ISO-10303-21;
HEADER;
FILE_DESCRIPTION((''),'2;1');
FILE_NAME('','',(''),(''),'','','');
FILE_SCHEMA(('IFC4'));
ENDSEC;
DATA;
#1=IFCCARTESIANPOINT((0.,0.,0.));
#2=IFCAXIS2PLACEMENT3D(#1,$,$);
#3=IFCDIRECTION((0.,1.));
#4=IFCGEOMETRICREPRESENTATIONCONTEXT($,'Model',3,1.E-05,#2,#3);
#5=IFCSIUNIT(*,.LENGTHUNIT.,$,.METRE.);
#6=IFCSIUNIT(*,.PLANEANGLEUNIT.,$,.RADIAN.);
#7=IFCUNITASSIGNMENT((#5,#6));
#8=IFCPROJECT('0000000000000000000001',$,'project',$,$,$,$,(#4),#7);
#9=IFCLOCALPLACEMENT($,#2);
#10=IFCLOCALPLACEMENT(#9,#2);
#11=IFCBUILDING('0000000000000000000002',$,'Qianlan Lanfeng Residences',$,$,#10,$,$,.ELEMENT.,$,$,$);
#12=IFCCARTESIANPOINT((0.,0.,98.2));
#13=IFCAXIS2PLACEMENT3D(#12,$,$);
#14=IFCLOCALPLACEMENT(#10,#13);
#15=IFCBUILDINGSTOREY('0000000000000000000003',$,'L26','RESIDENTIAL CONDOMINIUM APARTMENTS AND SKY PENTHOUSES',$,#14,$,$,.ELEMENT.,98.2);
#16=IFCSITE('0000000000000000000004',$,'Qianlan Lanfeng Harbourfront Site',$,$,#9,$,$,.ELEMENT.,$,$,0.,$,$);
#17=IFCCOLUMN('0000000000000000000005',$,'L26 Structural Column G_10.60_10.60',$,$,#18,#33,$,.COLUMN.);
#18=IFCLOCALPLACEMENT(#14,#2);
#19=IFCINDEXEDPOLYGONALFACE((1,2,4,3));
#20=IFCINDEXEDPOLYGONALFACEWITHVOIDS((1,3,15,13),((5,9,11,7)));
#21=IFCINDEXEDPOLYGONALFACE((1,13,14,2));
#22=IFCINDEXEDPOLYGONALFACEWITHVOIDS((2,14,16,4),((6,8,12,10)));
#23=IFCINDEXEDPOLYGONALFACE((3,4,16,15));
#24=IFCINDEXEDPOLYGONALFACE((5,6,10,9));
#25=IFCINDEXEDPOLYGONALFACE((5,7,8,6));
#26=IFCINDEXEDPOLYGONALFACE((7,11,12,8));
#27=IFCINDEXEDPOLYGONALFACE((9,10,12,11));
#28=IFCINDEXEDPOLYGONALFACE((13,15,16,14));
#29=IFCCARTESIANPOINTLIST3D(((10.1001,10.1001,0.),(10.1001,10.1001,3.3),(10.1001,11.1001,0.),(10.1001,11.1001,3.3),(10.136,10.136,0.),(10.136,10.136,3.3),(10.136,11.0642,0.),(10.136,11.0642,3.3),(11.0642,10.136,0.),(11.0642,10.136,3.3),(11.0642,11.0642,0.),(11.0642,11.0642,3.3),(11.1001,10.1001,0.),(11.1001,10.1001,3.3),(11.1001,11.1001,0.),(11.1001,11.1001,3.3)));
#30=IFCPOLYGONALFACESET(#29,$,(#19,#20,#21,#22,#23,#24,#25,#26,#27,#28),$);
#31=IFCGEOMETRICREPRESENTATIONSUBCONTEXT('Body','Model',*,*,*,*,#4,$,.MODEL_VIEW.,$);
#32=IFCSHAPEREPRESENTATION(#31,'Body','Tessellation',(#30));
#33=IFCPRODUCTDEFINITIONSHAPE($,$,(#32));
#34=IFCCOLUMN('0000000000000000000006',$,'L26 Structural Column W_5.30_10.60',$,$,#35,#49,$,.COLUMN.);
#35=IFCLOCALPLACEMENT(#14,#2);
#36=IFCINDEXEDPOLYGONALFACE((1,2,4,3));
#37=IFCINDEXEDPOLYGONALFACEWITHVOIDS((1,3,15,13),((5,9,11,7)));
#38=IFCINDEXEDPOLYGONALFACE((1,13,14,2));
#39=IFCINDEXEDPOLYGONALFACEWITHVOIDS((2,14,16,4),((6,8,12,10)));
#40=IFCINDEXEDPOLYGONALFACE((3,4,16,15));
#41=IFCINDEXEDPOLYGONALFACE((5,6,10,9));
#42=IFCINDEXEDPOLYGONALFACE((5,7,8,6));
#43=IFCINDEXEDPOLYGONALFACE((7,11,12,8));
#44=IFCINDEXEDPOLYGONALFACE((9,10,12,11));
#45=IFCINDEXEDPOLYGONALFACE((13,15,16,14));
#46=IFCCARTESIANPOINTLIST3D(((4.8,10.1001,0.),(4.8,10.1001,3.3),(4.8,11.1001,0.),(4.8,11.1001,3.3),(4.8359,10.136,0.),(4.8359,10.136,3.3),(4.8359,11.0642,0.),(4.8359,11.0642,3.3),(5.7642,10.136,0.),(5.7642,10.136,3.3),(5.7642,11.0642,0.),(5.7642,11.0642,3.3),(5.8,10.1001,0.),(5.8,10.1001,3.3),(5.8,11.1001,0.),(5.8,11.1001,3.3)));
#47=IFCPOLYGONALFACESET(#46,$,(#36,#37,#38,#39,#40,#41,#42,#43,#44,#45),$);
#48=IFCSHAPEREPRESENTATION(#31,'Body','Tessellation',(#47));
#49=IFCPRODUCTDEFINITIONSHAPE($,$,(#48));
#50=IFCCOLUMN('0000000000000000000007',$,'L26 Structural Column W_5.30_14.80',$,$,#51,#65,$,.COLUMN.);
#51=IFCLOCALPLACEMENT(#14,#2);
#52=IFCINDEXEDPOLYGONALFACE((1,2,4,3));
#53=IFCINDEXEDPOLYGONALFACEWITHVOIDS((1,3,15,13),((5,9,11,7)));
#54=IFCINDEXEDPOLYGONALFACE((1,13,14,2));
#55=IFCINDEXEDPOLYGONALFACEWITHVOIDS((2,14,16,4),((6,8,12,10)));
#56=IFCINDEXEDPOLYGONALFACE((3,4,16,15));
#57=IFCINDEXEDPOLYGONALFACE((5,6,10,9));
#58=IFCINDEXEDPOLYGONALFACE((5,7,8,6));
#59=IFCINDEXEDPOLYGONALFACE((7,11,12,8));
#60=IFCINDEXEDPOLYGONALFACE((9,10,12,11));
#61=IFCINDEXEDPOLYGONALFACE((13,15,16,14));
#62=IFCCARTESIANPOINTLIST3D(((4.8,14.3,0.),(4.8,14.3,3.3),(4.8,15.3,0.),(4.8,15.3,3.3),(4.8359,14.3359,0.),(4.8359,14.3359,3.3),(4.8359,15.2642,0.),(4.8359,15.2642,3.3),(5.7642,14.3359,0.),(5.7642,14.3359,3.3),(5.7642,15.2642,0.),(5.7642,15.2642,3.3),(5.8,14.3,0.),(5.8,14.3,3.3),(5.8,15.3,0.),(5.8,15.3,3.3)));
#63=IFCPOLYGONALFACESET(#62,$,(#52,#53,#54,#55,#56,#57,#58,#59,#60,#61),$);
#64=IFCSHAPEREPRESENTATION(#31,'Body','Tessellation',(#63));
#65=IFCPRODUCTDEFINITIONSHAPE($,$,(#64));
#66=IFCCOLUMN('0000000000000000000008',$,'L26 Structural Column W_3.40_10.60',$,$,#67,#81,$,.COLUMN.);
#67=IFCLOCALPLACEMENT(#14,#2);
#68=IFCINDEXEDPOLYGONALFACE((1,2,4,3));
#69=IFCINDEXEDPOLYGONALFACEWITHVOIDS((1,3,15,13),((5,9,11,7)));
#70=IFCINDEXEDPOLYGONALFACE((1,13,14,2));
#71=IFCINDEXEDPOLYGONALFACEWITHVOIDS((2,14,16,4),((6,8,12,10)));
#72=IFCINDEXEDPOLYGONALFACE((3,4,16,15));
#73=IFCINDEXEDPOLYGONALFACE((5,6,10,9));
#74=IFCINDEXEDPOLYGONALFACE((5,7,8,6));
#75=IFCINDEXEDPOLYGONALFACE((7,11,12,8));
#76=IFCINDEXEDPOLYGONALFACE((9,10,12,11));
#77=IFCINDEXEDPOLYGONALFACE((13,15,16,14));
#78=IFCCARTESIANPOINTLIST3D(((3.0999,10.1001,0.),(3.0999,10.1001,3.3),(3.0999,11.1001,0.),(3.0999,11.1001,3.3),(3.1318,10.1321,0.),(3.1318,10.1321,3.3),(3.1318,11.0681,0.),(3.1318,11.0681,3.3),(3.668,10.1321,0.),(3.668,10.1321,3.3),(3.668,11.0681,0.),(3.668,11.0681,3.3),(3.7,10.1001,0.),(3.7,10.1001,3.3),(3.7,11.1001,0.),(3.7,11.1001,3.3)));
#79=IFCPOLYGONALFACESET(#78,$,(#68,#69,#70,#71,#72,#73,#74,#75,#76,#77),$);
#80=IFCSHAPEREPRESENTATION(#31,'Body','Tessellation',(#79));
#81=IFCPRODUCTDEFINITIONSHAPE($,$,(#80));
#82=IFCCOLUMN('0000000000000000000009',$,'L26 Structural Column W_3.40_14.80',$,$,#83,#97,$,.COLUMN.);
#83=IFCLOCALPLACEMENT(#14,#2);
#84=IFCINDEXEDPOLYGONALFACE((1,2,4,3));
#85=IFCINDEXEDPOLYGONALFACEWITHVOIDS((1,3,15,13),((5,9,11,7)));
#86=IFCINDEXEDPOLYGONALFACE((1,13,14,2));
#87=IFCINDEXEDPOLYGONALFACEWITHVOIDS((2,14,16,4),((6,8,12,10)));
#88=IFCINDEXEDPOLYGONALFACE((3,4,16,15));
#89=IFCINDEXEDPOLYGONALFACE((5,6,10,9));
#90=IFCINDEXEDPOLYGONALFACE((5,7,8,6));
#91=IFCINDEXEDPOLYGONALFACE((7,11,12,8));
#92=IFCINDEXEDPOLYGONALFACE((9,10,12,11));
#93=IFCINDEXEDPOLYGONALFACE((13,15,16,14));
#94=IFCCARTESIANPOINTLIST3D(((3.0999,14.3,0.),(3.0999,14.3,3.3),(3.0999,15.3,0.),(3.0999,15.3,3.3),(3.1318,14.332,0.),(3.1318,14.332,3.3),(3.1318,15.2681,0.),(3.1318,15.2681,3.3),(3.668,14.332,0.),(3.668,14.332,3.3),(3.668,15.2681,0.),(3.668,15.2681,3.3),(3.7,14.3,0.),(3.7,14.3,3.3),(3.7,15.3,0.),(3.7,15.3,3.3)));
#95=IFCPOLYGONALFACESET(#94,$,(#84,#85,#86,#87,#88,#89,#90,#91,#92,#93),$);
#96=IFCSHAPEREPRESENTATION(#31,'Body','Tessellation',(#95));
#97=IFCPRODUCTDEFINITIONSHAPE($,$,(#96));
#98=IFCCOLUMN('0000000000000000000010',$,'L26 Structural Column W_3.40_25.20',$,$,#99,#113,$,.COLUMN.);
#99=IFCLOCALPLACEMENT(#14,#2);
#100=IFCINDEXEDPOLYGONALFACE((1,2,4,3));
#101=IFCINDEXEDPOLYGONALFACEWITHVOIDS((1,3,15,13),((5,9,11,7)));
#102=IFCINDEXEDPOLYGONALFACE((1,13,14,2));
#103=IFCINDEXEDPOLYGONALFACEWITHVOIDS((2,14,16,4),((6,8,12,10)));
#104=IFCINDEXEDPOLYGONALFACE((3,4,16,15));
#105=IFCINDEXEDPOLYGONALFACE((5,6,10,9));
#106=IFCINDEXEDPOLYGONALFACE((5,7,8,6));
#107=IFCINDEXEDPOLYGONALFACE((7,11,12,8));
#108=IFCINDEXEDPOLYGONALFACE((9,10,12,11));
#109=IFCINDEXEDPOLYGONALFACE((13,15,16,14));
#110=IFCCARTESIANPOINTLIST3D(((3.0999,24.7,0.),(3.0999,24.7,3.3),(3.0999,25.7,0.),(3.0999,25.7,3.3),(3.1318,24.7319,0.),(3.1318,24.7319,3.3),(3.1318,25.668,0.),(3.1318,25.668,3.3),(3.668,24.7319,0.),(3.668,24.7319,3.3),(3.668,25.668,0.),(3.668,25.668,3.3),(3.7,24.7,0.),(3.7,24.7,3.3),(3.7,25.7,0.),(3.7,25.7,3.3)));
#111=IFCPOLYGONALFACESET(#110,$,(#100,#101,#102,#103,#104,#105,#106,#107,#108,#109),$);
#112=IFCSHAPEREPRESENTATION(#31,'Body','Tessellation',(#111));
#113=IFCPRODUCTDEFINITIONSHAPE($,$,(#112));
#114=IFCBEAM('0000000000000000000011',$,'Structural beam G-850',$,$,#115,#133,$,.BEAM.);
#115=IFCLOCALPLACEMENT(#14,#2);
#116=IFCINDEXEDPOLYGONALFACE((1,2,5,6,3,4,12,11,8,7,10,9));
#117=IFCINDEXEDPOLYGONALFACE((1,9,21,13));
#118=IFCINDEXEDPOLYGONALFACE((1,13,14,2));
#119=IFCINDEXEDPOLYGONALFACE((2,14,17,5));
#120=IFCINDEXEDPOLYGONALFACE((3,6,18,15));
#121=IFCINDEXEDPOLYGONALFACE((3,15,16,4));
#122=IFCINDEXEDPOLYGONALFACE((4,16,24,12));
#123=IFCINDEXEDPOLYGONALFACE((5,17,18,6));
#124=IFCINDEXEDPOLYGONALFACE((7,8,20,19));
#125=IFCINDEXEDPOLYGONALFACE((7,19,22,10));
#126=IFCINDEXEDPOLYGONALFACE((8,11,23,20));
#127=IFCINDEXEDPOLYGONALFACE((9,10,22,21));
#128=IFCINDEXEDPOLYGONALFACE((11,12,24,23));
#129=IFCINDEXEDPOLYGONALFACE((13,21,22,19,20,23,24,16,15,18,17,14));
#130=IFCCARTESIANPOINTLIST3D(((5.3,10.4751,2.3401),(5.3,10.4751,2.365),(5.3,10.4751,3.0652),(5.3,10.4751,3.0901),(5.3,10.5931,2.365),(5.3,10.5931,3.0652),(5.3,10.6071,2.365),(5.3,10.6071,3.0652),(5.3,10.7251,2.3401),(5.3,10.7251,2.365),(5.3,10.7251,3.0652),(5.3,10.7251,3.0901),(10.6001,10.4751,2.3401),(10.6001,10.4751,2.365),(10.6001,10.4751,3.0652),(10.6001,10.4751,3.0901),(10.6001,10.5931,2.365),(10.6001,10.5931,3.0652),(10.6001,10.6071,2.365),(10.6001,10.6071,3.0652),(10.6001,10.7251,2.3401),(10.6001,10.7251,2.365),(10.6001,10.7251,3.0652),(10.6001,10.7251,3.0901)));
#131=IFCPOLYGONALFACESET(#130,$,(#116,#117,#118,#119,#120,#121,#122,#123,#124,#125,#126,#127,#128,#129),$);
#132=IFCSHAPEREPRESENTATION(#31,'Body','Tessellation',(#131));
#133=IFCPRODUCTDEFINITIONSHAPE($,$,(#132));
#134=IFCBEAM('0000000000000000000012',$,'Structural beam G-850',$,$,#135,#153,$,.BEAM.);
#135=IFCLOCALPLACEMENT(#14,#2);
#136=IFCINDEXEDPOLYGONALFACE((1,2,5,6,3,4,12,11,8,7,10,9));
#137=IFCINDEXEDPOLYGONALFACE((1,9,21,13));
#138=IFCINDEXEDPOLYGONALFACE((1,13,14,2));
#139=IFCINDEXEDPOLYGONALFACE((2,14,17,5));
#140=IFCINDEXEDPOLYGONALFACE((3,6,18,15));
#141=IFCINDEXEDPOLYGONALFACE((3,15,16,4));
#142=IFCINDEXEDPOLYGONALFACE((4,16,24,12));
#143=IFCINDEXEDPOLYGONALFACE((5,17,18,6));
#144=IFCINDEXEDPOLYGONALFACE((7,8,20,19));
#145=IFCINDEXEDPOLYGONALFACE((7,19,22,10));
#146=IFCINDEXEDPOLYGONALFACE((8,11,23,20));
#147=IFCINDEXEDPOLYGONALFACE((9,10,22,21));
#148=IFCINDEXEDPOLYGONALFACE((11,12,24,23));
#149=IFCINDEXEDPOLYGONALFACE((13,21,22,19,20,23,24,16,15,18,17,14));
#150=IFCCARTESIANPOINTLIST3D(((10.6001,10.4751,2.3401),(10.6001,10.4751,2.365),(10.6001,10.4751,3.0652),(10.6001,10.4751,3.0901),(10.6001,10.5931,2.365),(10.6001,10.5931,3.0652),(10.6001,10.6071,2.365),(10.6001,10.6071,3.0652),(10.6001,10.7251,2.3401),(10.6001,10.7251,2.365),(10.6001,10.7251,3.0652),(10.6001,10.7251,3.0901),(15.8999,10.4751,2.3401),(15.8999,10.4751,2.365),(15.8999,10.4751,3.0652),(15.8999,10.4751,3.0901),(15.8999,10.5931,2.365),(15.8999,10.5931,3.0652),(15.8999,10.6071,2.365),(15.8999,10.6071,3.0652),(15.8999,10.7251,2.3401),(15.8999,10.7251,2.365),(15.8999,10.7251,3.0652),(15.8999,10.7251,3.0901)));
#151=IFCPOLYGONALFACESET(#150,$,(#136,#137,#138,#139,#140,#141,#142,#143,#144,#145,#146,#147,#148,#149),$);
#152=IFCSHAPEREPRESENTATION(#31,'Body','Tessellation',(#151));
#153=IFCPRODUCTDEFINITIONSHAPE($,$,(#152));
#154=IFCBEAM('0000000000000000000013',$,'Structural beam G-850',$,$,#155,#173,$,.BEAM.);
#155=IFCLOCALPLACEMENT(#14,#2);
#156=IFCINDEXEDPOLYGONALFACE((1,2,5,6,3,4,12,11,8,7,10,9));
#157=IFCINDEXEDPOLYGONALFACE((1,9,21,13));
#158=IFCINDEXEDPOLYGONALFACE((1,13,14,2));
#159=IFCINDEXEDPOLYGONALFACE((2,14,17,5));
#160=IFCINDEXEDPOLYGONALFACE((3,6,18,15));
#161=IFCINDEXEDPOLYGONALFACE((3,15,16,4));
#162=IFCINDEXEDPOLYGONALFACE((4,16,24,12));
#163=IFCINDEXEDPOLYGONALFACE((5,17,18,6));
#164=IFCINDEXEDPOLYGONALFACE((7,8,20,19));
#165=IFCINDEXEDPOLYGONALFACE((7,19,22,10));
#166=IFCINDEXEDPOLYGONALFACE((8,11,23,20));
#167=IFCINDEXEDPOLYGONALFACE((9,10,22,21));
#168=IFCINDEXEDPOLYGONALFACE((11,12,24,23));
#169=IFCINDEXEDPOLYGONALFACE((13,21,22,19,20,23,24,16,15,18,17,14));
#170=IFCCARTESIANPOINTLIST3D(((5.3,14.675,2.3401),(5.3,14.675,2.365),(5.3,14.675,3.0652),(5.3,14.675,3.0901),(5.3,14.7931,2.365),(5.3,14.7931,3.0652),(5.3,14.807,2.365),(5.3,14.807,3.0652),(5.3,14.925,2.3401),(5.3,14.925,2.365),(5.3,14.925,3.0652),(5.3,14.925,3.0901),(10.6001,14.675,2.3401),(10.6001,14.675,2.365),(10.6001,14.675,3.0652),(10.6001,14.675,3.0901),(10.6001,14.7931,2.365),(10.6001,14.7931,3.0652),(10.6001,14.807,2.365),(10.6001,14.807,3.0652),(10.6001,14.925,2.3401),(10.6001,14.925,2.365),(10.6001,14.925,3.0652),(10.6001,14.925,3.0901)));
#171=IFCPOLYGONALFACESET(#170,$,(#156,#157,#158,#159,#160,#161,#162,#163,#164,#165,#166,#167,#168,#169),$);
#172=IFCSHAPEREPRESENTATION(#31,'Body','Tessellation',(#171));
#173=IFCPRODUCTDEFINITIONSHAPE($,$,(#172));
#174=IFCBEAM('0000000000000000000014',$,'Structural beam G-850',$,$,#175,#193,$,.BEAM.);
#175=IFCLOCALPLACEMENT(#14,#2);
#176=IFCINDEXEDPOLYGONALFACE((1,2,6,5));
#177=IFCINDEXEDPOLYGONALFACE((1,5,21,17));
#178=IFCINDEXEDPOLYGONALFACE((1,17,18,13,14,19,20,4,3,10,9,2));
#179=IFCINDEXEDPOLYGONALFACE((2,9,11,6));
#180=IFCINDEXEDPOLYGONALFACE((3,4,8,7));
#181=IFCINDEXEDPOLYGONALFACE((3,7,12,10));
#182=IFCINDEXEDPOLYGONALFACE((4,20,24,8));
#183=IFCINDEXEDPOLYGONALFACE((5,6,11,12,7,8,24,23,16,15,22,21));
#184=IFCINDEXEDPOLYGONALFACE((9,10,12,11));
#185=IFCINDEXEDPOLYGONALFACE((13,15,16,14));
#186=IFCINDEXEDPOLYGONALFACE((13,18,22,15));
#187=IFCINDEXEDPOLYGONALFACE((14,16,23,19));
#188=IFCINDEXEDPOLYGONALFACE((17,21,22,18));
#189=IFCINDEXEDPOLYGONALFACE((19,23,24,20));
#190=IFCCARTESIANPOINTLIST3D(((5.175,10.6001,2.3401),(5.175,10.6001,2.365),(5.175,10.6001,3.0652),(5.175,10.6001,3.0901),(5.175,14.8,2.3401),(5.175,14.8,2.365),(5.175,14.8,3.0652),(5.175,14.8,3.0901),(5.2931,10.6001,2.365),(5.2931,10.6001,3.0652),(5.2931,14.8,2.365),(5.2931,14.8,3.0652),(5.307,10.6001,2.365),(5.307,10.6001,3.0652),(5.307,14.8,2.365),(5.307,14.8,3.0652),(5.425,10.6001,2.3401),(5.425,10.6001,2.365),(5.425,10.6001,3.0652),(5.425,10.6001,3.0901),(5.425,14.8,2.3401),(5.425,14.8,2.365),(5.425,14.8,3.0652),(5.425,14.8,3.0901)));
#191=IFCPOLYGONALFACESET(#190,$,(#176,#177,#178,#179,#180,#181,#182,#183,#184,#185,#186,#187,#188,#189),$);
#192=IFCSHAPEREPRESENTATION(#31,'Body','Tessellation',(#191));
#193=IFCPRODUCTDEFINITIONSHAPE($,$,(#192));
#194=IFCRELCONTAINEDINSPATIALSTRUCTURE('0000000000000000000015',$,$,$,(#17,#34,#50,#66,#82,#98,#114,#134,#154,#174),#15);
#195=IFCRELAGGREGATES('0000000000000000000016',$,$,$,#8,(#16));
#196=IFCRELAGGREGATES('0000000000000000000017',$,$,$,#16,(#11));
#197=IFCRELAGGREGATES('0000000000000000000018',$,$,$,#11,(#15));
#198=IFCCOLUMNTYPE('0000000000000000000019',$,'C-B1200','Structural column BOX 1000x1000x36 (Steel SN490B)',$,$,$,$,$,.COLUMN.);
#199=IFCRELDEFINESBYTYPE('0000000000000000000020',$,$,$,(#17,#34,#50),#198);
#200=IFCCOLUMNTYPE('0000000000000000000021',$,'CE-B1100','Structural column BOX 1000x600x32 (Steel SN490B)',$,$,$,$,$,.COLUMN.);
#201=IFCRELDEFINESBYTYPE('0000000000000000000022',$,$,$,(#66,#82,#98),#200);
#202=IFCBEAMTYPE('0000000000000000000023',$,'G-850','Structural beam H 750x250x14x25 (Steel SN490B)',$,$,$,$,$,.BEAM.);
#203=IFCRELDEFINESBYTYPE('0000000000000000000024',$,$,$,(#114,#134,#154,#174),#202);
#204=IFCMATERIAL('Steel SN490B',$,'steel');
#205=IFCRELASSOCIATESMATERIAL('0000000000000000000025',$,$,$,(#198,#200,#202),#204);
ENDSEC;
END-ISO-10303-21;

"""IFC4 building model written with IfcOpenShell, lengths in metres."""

from ifc_helpers import new_model, si_unit, direction, frame, origin, origin_2d, place, context, subcontext, project, spatial, hollow_rectangle, i_section, extrude, material, material_profile, profile_set, type_object, element, save


model = new_model("IFC4")

# Units and contexts
model_context = context("Model", 3, precision=1e-05, world=origin(), true_north=direction((0.0, 1.0)))
body_context = subcontext(model_context, "Body", "Model", "MODEL_VIEW")
ifc_project = project(units=[si_unit("LENGTHUNIT", "METRE"), si_unit("PLANEANGLEUNIT", "RADIAN")], contexts=[model_context])

# Site, building, storey
site_placement = place(None, origin())
site = spatial("IfcSite", under=ifc_project, at=site_placement, Name="Qianlan Lanfeng Harbourfront Site", CompositionType="ELEMENT", RefElevation=0.0)
building_placement = place(site_placement, origin())
building = spatial("IfcBuilding", under=site, at=building_placement, Name="Qianlan Lanfeng Residences", CompositionType="ELEMENT")
storey_placement = place(building_placement, frame((0.0, 0.0, 98.2)))
storey = spatial("IfcBuildingStorey", under=building, at=storey_placement, Name="L26", Description="RESIDENTIAL CONDOMINIUM APARTMENTS AND SKY PENTHOUSES", CompositionType="ELEMENT", Elevation=98.2)

# Columns
ifc_material_1 = material(Name="Steel SN490B", Category="steel")
ifc_material_profile_1 = material_profile(ifc_material_1, hollow_rectangle(XDim=1.0, YDim=1.0, WallThickness=0.0359, at=origin_2d()), Name="BOX 1000x1000x36")
ifc_profile_set_1 = profile_set([ifc_material_profile_1], Name="Steel SN490B")
column_type_1 = type_object("IfcColumnType", Name="C-B1200", Description="Structural column BOX 1000x1000x36 (Steel SN490B)", PredefinedType="COLUMN", material=ifc_profile_set_1)
for number, where, z_axis, x_axis, name in (
    (1, (10.6001, 10.6001, 0.0), (0.0, 0.0, 1.0), (1.0, 0.0, 0.0), "L26 Structural Column G_10.60_10.60"),
    (2, (5.3, 10.6001, 0.0), (0.0, 0.0, 1.0), (1.0, 0.0, 0.0), "L26 Structural Column W_5.30_10.60"),
    (3, (5.3, 14.8, 0.0), (0.0, 0.0, 1.0), (1.0, 0.0, 0.0), "L26 Structural Column W_5.30_14.80"),
):
    element("IfcColumn", number, at=place(storey_placement, frame(where, z_axis=z_axis, x_axis=x_axis)), inside=storey, type_object=column_type_1, Name=name, PredefinedType="COLUMN", context=body_context, shape_type="SweptSolid", body=[
        extrude(hollow_rectangle(XDim=1.0, YDim=1.0, WallThickness=0.0359, at=origin_2d()), origin(), (0.0, 0.0, 1.0), 3.3),
    ])
ifc_material_profile_2 = material_profile(ifc_material_1, hollow_rectangle(XDim=0.6001, YDim=1.0, WallThickness=0.032, at=origin_2d()), Name="BOX 1000x600x32")
ifc_profile_set_2 = profile_set([ifc_material_profile_2], Name="Steel SN490B")
column_type_2 = type_object("IfcColumnType", Name="CE-B1100", Description="Structural column BOX 1000x600x32 (Steel SN490B)", PredefinedType="COLUMN", material=ifc_profile_set_2)
for number, where, z_axis, x_axis, name in (
    (4, (3.3999, 10.6001, 0.0), (0.0, 0.0, 1.0), (1.0, 0.0, 0.0), "L26 Structural Column W_3.40_10.60"),
    (5, (3.3999, 14.8, 0.0), (0.0, 0.0, 1.0), (1.0, 0.0, 0.0), "L26 Structural Column W_3.40_14.80"),
    (6, (3.3999, 25.2, 0.0), (0.0, 0.0, 1.0), (1.0, 0.0, 0.0), "L26 Structural Column W_3.40_25.20"),
):
    element("IfcColumn", number, at=place(storey_placement, frame(where, z_axis=z_axis, x_axis=x_axis)), inside=storey, type_object=column_type_2, Name=name, PredefinedType="COLUMN", context=body_context, shape_type="SweptSolid", body=[
        extrude(hollow_rectangle(XDim=0.6001, YDim=1.0, WallThickness=0.032, at=origin_2d()), origin(), (0.0, 0.0, 1.0), 3.3),
    ])

# Beams
ifc_material_profile_3 = material_profile(ifc_material_1, i_section(OverallWidth=0.25, OverallDepth=0.75, WebThickness=0.0139, FlangeThickness=0.0249, at=origin_2d()), Name="H 750x250x14x25")
ifc_profile_set_3 = profile_set([ifc_material_profile_3], Name="Steel SN490B")
beam_type_1 = type_object("IfcBeamType", Name="G-850", Description="Structural beam H 750x250x14x25 (Steel SN490B)", PredefinedType="BEAM", material=ifc_profile_set_3)
beam_1_placement = place(storey_placement, frame((5.3, 10.6001, 2.7151), z_axis=(1.0, 0.0, 0.0), x_axis=(0.0, 1.0, 0.0)))
element("IfcBeam", 7, at=beam_1_placement, inside=storey, type_object=beam_type_1, Name="Structural beam G-850", PredefinedType="BEAM", context=body_context, shape_type="SweptSolid", body=[
    extrude(i_section(OverallWidth=0.25, OverallDepth=0.75, WebThickness=0.0139, FlangeThickness=0.0249, at=origin_2d()), origin(), (0.0, 0.0, 1.0), 5.3),
])
beam_2_placement = place(storey_placement, frame((10.6001, 10.6001, 2.7151), z_axis=(1.0, 0.0, 0.0), x_axis=(0.0, 1.0, 0.0)))
element("IfcBeam", 8, at=beam_2_placement, inside=storey, type_object=beam_type_1, Name="Structural beam G-850", PredefinedType="BEAM", context=body_context, shape_type="SweptSolid", body=[
    extrude(i_section(OverallWidth=0.25, OverallDepth=0.75, WebThickness=0.0139, FlangeThickness=0.0249, at=origin_2d()), origin(), (0.0, 0.0, 1.0), 5.2998),
])
beam_3_placement = place(storey_placement, frame((5.3, 14.8, 2.7151), z_axis=(1.0, 0.0, 0.0), x_axis=(0.0, 1.0, 0.0)))
element("IfcBeam", 9, at=beam_3_placement, inside=storey, type_object=beam_type_1, Name="Structural beam G-850", PredefinedType="BEAM", context=body_context, shape_type="SweptSolid", body=[
    extrude(i_section(OverallWidth=0.25, OverallDepth=0.75, WebThickness=0.0139, FlangeThickness=0.0249, at=origin_2d()), origin(), (0.0, 0.0, 1.0), 5.3),
])
beam_4_placement = place(storey_placement, frame((5.3, 10.6001, 2.7151), z_axis=(0.0, 1.0, 0.0), x_axis=(-1.0, 0.0, 0.0)))
element("IfcBeam", 10, at=beam_4_placement, inside=storey, type_object=beam_type_1, Name="Structural beam G-850", PredefinedType="BEAM", context=body_context, shape_type="SweptSolid", body=[
    extrude(i_section(OverallWidth=0.25, OverallDepth=0.75, WebThickness=0.0139, FlangeThickness=0.0249, at=origin_2d()), origin(), (0.0, 0.0, 1.0), 4.2),
])

save(model, "model.ifc")
